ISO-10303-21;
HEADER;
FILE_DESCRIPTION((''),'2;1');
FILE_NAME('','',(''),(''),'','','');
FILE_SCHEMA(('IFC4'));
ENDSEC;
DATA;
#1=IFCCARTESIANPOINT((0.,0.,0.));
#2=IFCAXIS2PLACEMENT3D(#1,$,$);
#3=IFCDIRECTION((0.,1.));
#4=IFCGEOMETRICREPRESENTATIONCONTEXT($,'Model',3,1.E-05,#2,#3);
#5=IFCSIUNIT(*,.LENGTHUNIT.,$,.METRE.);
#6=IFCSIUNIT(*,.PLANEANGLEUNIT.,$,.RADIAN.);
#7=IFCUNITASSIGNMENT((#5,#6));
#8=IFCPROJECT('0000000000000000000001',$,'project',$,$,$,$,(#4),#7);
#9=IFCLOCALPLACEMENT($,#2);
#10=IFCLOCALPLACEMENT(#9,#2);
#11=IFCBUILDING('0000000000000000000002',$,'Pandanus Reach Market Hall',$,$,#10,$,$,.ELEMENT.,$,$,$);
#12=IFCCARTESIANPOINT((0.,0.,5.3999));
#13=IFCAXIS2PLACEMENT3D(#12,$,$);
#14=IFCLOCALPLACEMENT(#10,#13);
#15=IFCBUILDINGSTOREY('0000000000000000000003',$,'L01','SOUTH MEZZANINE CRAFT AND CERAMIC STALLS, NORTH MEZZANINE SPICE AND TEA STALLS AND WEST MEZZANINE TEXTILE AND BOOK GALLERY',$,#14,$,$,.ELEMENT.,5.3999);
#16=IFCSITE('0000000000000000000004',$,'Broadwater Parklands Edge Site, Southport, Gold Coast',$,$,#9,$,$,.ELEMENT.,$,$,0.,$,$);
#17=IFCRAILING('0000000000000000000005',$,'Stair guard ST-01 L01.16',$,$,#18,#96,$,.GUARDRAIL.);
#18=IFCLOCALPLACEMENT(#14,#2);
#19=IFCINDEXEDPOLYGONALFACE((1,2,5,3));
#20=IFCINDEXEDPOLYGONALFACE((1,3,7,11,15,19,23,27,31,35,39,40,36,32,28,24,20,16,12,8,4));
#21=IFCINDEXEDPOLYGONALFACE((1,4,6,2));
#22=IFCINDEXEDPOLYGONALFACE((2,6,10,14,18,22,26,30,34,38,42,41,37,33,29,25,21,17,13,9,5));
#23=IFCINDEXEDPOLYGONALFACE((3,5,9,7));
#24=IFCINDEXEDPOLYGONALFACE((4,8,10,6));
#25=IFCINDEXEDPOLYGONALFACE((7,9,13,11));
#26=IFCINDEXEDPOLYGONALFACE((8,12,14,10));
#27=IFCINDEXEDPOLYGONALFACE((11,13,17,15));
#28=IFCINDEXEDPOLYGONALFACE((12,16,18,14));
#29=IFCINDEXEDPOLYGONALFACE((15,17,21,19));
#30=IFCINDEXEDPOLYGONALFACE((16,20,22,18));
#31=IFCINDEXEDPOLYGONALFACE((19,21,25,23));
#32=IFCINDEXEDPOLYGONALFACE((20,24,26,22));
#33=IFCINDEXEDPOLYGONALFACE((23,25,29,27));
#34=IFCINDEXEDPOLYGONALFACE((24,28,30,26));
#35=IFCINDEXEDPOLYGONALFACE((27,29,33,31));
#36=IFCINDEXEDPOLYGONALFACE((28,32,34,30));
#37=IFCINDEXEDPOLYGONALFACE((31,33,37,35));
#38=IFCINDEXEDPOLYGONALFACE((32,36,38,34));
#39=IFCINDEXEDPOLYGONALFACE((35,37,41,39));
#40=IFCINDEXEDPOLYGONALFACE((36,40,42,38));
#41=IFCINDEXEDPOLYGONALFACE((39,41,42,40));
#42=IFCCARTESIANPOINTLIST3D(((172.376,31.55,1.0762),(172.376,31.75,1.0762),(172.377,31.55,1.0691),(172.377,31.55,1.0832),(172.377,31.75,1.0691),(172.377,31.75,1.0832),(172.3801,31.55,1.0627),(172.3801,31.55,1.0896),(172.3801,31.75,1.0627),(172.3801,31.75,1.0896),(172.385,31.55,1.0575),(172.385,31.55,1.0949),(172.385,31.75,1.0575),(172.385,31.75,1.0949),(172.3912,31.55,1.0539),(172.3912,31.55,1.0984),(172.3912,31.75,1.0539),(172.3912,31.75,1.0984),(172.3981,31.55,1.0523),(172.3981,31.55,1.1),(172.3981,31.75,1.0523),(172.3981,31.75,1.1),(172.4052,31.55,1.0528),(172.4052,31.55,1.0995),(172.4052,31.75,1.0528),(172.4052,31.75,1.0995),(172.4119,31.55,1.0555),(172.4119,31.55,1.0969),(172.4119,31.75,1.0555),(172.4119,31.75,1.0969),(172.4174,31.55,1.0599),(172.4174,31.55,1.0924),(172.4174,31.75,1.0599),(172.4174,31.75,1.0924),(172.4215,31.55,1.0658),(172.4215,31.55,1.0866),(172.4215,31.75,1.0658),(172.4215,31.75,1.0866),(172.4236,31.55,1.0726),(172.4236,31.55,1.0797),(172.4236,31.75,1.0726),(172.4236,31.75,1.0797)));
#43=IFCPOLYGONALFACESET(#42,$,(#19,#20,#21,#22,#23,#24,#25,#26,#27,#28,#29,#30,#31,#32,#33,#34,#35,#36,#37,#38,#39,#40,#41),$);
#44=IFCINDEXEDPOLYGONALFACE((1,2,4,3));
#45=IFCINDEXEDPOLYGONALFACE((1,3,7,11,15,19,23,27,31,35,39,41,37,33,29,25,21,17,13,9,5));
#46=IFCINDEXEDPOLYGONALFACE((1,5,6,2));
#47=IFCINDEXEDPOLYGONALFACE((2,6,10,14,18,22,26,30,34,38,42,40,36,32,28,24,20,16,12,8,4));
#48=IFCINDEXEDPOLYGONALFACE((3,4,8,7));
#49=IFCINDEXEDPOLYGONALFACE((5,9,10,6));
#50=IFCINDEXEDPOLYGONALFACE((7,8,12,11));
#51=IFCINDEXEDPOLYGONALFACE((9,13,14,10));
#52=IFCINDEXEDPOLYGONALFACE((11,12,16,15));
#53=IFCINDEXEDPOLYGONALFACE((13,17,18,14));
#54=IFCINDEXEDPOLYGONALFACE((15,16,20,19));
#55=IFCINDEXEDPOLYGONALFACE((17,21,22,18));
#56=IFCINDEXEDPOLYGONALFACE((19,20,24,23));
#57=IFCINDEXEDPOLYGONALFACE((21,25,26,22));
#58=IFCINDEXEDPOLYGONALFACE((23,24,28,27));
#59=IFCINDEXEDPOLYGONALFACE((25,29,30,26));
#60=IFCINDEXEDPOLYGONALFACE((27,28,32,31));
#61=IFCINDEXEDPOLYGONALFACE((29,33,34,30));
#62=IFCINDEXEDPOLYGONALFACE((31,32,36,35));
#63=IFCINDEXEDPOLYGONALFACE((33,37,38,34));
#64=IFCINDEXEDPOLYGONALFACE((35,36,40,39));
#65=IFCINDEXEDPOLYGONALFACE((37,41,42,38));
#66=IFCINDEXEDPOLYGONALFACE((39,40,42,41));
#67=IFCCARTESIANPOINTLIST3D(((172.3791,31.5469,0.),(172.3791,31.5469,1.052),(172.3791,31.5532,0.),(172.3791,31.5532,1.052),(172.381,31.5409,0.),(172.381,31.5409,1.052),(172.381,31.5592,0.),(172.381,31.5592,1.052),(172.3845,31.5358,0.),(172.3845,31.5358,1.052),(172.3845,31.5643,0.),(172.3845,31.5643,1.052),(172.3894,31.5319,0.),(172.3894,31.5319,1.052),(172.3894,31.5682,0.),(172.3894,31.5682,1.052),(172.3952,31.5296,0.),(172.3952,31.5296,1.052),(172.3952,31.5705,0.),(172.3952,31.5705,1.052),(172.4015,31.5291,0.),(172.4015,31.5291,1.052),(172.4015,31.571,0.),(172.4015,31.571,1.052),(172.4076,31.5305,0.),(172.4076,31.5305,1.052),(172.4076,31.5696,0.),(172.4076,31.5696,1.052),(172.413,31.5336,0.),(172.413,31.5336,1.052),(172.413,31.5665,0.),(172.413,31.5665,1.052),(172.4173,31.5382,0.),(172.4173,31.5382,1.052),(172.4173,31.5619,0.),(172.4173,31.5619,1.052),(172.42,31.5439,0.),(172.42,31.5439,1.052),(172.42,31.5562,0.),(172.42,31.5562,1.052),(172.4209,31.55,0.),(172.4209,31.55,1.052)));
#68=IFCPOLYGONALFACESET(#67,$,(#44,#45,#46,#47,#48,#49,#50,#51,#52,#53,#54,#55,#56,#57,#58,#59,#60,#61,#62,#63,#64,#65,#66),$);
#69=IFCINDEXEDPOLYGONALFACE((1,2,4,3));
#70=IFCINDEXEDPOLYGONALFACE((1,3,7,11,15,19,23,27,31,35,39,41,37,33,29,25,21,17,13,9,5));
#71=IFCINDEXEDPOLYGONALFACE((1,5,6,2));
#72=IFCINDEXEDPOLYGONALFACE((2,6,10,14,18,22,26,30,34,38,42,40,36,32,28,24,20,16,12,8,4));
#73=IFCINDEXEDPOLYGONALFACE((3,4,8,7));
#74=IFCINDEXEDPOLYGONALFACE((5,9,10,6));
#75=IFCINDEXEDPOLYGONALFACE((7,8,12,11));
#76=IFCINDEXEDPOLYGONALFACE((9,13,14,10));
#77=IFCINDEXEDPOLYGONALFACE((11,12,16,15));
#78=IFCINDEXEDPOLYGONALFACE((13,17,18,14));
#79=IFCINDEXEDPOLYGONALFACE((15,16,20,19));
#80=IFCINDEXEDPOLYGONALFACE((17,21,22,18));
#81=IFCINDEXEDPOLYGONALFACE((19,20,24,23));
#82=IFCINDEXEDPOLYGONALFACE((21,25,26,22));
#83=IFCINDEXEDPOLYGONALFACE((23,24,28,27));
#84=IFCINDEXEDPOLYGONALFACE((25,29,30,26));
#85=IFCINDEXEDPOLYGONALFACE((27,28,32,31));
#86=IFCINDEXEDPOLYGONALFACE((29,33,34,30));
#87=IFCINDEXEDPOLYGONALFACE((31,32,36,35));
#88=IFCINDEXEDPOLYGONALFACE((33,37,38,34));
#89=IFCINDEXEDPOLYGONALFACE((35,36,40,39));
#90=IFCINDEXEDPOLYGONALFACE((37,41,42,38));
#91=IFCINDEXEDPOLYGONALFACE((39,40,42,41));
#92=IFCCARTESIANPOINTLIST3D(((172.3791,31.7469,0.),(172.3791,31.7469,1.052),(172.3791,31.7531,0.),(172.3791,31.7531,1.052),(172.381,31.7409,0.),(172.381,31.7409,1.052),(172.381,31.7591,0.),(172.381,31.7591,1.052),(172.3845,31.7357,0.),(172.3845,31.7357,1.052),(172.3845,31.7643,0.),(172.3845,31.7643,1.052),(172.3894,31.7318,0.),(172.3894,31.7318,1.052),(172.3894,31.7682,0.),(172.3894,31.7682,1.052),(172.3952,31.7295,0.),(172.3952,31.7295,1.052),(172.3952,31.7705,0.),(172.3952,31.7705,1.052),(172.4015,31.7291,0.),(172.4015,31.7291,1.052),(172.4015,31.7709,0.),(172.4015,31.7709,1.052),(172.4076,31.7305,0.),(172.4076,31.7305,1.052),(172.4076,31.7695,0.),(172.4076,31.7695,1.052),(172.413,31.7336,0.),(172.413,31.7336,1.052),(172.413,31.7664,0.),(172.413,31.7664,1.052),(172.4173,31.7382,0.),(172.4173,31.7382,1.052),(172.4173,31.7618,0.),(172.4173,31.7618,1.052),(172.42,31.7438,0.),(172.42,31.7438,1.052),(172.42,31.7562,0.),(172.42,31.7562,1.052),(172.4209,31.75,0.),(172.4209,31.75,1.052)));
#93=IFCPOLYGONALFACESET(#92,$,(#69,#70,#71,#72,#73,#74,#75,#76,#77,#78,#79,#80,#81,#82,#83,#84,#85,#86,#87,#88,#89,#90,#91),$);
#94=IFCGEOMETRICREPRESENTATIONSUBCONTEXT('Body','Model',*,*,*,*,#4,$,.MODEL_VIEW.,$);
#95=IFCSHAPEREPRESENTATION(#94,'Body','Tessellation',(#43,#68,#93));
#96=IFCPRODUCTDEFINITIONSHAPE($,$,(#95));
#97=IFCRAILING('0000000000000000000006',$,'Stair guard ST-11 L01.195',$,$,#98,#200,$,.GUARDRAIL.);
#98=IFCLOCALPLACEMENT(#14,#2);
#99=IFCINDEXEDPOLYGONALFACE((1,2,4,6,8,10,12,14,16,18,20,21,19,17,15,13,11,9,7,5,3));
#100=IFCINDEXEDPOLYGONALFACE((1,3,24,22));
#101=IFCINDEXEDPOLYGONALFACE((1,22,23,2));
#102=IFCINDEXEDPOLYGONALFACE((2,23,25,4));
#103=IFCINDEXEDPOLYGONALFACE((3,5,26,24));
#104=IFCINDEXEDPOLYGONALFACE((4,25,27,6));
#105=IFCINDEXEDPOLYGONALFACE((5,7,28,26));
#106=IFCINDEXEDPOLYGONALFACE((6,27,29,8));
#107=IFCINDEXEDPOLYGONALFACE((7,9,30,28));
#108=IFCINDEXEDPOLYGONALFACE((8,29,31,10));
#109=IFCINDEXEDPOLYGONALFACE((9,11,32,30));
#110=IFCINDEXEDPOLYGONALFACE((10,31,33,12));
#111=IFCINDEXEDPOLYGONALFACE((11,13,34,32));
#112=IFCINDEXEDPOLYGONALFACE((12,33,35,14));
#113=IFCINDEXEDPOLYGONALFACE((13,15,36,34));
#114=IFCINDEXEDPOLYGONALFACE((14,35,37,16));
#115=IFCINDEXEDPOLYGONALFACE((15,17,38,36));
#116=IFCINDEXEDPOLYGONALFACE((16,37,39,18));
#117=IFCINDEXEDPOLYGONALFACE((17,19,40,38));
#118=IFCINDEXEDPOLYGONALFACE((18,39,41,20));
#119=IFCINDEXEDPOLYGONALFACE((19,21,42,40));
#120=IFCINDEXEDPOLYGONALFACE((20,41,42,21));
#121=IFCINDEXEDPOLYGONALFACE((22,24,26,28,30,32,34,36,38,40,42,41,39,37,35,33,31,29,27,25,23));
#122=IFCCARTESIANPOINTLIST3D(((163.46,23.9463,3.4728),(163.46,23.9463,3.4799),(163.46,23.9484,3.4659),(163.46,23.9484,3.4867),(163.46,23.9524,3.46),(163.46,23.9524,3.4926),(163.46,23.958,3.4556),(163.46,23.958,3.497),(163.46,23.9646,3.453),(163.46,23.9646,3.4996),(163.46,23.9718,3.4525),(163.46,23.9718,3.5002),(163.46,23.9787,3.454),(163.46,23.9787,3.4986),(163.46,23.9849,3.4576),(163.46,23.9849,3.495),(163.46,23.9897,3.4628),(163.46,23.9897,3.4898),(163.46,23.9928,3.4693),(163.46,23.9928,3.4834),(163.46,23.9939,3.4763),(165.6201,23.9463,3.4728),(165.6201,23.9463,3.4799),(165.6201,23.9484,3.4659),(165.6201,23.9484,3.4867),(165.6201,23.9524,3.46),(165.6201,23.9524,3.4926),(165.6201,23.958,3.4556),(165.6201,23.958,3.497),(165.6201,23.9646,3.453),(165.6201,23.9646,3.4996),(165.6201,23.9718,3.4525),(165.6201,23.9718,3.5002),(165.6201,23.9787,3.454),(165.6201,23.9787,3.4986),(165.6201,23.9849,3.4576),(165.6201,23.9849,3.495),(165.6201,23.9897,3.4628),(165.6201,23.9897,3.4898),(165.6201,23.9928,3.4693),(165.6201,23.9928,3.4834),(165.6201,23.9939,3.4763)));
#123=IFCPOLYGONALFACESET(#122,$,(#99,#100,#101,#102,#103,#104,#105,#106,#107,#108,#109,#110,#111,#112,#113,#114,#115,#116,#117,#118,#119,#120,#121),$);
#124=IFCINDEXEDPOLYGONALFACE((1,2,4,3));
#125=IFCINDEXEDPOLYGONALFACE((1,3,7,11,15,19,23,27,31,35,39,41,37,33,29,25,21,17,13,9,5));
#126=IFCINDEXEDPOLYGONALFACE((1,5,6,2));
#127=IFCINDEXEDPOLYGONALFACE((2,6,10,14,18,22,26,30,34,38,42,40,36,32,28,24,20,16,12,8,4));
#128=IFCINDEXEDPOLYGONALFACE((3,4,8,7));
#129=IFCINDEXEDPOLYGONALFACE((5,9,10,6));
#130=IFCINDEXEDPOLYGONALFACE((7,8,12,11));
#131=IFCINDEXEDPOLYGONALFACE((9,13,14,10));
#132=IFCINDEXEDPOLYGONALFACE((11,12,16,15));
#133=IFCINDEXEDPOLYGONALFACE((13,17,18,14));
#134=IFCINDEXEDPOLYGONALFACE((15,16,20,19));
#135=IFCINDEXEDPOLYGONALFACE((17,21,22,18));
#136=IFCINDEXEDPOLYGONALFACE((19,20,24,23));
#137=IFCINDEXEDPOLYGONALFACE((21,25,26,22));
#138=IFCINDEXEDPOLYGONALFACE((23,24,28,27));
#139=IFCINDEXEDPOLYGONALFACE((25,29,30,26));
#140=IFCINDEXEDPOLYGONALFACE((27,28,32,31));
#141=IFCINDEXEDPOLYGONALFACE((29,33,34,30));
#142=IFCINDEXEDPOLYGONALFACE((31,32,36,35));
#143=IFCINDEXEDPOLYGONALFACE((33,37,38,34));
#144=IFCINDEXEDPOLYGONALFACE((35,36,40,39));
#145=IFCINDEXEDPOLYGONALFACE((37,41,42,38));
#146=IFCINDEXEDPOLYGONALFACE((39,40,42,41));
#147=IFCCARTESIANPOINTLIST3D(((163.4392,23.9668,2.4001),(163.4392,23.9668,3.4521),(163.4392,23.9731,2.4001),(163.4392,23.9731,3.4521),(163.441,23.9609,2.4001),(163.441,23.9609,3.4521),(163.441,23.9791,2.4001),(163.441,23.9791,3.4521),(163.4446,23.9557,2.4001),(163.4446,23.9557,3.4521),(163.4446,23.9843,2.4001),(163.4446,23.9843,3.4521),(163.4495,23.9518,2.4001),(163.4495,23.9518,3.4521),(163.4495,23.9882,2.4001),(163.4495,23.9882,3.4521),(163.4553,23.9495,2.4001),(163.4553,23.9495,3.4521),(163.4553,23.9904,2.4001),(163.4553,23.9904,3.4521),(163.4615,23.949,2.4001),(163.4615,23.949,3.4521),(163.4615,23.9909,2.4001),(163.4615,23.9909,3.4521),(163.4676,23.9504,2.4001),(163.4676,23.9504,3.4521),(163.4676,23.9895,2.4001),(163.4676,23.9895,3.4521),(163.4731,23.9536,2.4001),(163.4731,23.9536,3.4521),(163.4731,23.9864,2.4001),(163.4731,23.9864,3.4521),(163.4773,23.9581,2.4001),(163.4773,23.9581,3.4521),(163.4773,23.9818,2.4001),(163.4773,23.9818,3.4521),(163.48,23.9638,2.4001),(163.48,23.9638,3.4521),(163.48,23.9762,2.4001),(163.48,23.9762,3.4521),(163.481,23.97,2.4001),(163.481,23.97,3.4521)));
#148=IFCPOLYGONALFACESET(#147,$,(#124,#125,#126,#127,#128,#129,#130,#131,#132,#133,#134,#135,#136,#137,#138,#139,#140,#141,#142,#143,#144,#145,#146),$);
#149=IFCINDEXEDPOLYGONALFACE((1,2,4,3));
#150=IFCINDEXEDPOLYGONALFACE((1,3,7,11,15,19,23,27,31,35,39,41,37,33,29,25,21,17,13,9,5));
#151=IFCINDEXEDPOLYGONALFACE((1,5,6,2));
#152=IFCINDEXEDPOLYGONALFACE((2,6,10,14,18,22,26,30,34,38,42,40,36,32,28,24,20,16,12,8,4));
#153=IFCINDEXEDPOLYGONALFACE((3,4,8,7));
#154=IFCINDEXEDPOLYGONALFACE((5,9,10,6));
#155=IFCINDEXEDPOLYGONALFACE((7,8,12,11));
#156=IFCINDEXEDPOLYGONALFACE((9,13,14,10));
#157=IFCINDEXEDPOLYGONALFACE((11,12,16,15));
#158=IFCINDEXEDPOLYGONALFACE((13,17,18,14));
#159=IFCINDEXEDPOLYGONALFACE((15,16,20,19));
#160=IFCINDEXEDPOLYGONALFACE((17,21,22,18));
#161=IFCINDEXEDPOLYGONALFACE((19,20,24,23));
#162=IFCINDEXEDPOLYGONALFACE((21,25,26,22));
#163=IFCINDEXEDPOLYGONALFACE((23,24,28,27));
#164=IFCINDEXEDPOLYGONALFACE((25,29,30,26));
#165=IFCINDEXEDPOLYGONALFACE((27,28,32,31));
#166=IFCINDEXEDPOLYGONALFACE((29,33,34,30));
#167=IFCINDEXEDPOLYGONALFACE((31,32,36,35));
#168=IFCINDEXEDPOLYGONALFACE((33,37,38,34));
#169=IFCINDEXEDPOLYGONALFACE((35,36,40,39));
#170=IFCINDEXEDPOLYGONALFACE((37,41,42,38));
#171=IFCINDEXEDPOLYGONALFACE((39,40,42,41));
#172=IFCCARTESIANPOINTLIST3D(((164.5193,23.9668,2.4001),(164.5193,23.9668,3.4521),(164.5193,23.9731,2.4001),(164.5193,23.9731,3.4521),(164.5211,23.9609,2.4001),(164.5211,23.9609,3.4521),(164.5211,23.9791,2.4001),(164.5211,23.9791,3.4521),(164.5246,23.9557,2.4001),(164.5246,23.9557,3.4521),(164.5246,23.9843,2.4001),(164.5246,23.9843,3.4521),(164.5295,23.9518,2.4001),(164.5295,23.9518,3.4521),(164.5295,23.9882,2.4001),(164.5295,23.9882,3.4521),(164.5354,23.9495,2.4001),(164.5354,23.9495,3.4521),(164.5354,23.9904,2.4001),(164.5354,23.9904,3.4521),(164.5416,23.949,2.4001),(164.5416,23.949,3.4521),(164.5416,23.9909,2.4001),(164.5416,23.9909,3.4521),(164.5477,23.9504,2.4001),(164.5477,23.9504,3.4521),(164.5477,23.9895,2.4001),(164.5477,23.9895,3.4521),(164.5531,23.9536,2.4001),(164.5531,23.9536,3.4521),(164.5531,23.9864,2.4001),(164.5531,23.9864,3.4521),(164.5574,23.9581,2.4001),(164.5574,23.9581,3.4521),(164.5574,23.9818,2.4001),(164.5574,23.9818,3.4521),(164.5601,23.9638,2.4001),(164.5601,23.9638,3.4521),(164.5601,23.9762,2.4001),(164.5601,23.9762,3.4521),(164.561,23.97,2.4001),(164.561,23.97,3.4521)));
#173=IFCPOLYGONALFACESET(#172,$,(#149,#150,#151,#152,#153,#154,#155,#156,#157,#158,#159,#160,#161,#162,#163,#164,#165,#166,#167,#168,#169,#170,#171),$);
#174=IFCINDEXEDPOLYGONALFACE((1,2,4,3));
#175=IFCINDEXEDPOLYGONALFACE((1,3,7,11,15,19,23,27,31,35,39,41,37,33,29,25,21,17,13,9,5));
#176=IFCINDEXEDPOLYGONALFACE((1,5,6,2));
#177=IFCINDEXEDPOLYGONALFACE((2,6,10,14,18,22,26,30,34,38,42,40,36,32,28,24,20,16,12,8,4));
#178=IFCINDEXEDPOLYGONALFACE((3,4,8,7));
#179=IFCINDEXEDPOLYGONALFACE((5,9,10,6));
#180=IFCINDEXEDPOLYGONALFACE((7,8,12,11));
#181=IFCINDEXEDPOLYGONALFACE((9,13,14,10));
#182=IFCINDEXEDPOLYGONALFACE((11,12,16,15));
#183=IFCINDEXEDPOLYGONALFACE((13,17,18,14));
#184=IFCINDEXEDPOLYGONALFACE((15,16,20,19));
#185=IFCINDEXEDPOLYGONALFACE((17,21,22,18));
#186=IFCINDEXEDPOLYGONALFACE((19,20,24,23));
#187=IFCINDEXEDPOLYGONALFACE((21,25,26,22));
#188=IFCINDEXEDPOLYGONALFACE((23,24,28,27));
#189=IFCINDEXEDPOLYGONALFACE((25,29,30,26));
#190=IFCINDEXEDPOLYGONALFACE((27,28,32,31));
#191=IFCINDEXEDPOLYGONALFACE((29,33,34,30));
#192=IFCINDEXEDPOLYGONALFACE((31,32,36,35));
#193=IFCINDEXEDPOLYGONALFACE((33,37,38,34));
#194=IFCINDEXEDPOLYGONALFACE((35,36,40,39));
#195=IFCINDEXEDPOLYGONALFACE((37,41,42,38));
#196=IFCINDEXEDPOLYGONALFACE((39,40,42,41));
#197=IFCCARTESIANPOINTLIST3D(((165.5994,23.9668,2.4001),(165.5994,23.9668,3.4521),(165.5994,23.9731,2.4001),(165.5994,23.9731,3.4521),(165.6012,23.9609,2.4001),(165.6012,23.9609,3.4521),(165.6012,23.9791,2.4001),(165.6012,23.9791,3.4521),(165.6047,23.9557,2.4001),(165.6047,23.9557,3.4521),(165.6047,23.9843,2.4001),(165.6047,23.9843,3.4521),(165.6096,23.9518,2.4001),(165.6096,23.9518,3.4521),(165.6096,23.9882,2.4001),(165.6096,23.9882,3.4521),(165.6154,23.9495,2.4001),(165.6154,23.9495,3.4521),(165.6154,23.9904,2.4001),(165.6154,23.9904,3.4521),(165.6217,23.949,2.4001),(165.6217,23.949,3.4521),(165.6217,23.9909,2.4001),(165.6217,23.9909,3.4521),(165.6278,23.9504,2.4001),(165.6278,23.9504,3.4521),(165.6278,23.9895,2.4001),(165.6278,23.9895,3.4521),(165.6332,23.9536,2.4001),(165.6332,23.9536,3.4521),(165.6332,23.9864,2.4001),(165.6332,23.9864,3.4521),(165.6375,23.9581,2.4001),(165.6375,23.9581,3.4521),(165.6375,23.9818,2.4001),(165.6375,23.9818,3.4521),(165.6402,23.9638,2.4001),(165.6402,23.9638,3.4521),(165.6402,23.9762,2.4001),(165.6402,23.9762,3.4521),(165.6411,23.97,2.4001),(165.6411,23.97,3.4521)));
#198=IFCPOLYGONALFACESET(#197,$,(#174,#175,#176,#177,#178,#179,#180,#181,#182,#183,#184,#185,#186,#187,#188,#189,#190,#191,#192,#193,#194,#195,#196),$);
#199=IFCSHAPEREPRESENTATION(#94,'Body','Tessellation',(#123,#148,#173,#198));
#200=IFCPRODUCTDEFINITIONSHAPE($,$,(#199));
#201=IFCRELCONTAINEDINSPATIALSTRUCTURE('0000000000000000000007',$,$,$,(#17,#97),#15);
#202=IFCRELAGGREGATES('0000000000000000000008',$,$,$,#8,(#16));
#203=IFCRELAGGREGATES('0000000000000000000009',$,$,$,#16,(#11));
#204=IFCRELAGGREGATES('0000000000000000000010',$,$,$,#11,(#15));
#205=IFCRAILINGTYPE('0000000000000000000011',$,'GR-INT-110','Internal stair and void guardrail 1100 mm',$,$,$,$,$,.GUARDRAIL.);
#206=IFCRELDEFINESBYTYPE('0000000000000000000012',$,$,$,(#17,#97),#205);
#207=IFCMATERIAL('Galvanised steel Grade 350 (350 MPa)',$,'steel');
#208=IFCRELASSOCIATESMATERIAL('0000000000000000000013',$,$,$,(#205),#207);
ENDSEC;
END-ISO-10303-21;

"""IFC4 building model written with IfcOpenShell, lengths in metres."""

from ifc_helpers import new_model, si_unit, direction, frame, origin, origin_2d, place, context, subcontext, project, spatial, circle, extrude, material, type_object, element, save


model = new_model("IFC4")

# Units and contexts
model_context = context("Model", 3, precision=1e-05, world=origin(), true_north=direction((0.0, 1.0)))
body_context = subcontext(model_context, "Body", "Model", "MODEL_VIEW")
ifc_project = project(units=[si_unit("LENGTHUNIT", "METRE"), si_unit("PLANEANGLEUNIT", "RADIAN")], contexts=[model_context])

# Site, building, storey
site_placement = place(None, origin())
site = spatial("IfcSite", under=ifc_project, at=site_placement, Name="Broadwater Parklands Edge Site, Southport, Gold Coast", CompositionType="ELEMENT", RefElevation=0.0)
building_placement = place(site_placement, origin())
building = spatial("IfcBuilding", under=site, at=building_placement, Name="Pandanus Reach Market Hall", CompositionType="ELEMENT")
storey_placement = place(building_placement, frame((0.0, 0.0, 5.3999)))
storey = spatial("IfcBuildingStorey", under=building, at=storey_placement, Name="L01", Description="SOUTH MEZZANINE CRAFT AND CERAMIC STALLS, NORTH MEZZANINE SPICE AND TEA STALLS AND WEST MEZZANINE TEXTILE AND BOOK GALLERY", CompositionType="ELEMENT", Elevation=5.3999)

# Railings
ifc_material_1 = material(Name="Galvanised steel Grade 350 (350 MPa)", Category="steel")
railing_type_1 = type_object("IfcRailingType", Name="GR-INT-110", Description="Internal stair and void guardrail 1100 mm", PredefinedType="GUARDRAIL", material=ifc_material_1)
railing_1_placement = place(storey_placement, frame((172.3999, 31.55, 0.0)))
element("IfcRailing", 1, at=railing_1_placement, inside=storey, type_object=railing_type_1, Name="Stair guard ST-01 L01.16", PredefinedType="GUARDRAIL", context=body_context, shape_type="SweptSolid", body=[
    extrude(circle(Radius=0.0239, at=origin_2d()), frame((0.0, 0.0, 1.0762), z_axis=(0.0, 1.0, 0.0), x_axis=(-1.0, 0.0, 0.0)), (0.0, 0.0, 1.0), 0.2),
    extrude(circle(Radius=0.021, at=origin_2d()), origin(), (0.0, 0.0, 1.0), 1.052),
    extrude(circle(Radius=0.021, at=origin_2d()), frame((0.0, 0.2, 0.0)), (0.0, 0.0, 1.0), 1.052),
])
railing_2_placement = place(storey_placement, frame((163.46, 23.97, 2.4001)))
element("IfcRailing", 2, at=railing_2_placement, inside=storey, type_object=railing_type_1, Name="Stair guard ST-11 L01.195", PredefinedType="GUARDRAIL", context=body_context, shape_type="SweptSolid", body=[
    extrude(circle(Radius=0.0239, at=origin_2d()), frame((0.0, 0.0, 1.0762), z_axis=(1.0, 0.0, 0.0), x_axis=(0.0, 1.0, 0.0)), (0.0, 0.0, 1.0), 2.1602),
    extrude(circle(Radius=0.021, at=origin_2d()), origin(), (0.0, 0.0, 1.0), 1.052),
    extrude(circle(Radius=0.021, at=origin_2d()), frame((1.0801, 0.0, 0.0)), (0.0, 0.0, 1.0), 1.052),
    extrude(circle(Radius=0.021, at=origin_2d()), frame((2.1602, 0.0, 0.0)), (0.0, 0.0, 1.0), 1.052),
])

save(model, "model.ifc")
